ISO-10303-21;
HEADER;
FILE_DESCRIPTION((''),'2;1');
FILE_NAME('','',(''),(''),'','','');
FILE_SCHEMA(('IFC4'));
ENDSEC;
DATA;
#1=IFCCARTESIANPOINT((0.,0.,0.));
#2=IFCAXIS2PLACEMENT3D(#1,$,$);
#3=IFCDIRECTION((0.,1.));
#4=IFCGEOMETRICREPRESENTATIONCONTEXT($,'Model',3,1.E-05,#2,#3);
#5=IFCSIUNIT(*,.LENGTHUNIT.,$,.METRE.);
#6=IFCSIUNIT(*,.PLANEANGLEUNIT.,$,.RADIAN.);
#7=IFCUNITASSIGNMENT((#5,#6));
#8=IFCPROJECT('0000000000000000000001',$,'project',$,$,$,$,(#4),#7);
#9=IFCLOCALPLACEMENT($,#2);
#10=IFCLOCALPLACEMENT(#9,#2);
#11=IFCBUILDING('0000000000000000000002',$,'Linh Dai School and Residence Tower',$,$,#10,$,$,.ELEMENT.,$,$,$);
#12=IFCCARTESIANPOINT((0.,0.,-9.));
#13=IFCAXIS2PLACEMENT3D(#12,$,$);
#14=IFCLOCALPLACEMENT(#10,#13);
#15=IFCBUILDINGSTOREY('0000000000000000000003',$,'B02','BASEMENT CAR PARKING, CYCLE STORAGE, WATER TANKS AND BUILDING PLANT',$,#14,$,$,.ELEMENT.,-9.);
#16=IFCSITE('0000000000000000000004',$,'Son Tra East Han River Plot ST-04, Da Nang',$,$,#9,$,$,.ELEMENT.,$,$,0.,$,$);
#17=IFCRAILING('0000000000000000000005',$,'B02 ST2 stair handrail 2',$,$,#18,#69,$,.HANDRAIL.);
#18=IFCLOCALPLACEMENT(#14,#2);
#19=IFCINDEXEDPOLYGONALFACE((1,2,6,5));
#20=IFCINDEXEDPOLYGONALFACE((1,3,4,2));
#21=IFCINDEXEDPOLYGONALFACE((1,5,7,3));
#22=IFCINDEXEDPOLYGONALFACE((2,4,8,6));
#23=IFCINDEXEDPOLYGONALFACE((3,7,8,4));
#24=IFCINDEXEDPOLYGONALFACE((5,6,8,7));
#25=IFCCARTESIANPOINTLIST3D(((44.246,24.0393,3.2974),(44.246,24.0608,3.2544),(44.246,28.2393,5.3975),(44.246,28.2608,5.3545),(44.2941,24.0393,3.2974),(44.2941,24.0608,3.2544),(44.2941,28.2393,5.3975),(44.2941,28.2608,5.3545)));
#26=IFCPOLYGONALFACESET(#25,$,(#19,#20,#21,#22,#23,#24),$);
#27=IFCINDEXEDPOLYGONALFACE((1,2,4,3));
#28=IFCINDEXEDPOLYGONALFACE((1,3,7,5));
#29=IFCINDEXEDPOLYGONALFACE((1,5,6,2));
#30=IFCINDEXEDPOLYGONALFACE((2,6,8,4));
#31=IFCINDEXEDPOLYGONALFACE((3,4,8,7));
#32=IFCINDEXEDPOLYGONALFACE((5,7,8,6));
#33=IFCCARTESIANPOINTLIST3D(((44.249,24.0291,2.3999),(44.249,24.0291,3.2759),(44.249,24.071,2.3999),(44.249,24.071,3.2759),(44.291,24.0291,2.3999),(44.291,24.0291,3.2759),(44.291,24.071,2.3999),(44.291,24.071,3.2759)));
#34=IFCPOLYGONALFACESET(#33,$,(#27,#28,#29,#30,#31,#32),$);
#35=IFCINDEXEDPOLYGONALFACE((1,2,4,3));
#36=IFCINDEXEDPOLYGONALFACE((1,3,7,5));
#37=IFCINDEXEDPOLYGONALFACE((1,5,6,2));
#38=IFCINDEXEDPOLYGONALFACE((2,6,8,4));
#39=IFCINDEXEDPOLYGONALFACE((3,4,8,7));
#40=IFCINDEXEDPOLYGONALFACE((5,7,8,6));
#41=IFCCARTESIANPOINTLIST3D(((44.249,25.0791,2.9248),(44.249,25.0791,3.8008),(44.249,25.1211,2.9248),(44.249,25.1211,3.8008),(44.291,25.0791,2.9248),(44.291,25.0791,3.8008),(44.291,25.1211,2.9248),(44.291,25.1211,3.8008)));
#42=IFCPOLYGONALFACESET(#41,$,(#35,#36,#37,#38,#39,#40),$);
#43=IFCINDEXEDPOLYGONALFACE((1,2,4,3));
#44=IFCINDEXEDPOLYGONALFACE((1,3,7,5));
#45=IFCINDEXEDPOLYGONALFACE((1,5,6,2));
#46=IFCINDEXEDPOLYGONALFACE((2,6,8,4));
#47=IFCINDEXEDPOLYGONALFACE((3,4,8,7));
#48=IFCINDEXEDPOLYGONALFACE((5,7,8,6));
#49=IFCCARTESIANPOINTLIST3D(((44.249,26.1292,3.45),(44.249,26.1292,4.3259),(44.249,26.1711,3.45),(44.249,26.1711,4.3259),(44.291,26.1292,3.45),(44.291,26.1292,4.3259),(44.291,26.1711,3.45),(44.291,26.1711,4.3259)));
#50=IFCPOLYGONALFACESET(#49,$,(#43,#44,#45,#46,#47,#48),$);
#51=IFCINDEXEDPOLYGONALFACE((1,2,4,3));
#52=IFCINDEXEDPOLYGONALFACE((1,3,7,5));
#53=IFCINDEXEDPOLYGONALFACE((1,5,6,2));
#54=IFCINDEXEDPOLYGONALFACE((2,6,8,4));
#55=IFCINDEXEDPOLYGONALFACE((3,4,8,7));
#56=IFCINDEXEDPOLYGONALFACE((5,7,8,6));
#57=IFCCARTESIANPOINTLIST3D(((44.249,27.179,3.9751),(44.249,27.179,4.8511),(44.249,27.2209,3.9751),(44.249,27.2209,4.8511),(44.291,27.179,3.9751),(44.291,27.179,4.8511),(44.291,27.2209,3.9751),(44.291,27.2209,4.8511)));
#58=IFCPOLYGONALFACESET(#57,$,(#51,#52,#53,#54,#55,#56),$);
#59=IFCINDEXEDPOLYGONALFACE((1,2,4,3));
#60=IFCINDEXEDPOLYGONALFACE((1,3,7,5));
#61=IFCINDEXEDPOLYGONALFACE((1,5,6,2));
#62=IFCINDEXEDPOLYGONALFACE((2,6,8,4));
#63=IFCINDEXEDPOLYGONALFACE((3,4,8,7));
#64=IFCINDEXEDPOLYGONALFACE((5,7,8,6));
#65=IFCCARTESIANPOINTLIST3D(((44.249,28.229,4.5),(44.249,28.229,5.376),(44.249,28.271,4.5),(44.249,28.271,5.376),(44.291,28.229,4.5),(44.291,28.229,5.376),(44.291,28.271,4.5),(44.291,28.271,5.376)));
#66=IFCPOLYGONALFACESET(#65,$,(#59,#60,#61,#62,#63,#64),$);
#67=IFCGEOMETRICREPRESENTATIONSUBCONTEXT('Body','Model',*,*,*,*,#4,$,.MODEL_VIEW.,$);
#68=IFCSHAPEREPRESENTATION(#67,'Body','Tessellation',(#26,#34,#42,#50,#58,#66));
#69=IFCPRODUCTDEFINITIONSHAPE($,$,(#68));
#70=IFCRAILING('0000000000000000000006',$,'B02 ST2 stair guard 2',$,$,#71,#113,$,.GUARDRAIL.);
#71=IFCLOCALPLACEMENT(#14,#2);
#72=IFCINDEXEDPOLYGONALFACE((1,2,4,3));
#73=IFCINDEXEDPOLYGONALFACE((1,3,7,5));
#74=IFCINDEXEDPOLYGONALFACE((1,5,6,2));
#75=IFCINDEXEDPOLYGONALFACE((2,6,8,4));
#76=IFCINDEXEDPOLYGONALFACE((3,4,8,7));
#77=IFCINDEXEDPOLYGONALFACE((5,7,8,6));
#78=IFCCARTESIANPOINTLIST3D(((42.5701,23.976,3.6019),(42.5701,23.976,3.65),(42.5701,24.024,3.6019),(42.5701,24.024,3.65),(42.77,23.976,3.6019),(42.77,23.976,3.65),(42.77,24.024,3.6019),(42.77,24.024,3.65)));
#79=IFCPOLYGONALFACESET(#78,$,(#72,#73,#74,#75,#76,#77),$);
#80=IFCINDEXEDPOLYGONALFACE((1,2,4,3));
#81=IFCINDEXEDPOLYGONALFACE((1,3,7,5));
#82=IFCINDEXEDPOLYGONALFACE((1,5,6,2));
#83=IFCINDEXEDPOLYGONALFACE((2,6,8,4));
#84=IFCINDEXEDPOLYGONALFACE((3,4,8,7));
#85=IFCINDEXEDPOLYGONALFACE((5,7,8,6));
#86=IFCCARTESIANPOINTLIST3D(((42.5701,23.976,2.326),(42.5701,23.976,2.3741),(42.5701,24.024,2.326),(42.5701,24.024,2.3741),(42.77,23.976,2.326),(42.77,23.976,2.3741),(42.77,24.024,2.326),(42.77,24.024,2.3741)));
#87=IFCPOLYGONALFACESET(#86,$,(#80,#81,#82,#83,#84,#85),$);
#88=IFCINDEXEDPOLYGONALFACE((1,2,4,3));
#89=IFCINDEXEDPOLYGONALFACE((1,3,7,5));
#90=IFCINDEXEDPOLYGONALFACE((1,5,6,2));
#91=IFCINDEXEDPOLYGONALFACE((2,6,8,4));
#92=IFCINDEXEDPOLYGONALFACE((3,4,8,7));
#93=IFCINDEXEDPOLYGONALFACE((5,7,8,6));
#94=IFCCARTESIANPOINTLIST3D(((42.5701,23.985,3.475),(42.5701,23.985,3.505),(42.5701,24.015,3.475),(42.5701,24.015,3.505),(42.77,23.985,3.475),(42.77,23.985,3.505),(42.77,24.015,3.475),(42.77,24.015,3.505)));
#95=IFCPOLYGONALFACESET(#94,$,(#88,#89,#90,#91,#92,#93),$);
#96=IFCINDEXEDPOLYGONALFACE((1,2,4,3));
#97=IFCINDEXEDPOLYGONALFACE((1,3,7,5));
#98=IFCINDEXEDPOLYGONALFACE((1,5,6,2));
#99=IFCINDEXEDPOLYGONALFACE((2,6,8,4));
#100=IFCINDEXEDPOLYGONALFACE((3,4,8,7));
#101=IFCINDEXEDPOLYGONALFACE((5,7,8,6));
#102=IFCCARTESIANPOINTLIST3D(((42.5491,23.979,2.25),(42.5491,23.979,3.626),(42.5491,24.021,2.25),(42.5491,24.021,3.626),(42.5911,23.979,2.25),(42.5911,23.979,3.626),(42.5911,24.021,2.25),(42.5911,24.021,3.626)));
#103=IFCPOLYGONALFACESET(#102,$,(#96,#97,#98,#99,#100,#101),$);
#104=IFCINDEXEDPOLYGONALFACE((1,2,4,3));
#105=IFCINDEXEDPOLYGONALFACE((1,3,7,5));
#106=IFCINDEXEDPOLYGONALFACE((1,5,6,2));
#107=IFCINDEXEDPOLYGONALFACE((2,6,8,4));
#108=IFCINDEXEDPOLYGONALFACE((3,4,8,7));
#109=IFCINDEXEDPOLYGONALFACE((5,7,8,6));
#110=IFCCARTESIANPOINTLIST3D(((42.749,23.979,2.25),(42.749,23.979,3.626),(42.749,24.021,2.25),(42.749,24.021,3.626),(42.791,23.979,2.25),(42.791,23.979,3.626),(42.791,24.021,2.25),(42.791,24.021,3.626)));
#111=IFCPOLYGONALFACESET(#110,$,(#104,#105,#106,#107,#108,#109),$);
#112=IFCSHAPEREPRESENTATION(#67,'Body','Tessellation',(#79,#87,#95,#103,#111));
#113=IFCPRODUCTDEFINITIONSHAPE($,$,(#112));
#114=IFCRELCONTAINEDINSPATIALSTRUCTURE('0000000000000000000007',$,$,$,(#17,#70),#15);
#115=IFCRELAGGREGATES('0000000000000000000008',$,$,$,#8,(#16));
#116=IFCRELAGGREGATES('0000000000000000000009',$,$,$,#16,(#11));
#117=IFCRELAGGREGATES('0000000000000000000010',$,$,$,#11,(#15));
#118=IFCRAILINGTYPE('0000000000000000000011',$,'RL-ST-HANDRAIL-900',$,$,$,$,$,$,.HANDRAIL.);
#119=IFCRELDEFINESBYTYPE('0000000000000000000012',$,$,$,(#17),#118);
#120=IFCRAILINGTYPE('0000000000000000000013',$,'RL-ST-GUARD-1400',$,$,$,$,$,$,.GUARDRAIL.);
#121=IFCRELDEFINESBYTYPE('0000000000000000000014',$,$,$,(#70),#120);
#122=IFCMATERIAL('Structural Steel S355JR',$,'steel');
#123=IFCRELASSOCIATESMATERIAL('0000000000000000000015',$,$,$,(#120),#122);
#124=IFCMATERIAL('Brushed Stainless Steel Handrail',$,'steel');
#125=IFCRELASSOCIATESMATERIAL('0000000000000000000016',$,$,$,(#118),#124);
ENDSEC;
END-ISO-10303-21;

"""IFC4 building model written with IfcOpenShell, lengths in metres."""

from ifc_helpers import new_model, si_unit, direction, frame, origin, origin_2d, place, context, subcontext, project, spatial, rectangle, extrude, source, transform, mapped, material, type_object, element, save


model = new_model("IFC4")

# Units and contexts
model_context = context("Model", 3, precision=1e-05, world=origin(), true_north=direction((0.0, 1.0)))
body_context = subcontext(model_context, "Body", "Model", "MODEL_VIEW")
ifc_project = project(units=[si_unit("LENGTHUNIT", "METRE"), si_unit("PLANEANGLEUNIT", "RADIAN")], contexts=[model_context])

# Site, building, storey
site_placement = place(None, origin())
site = spatial("IfcSite", under=ifc_project, at=site_placement, Name="Son Tra East Han River Plot ST-04, Da Nang", CompositionType="ELEMENT", RefElevation=0.0)
building_placement = place(site_placement, origin())
building = spatial("IfcBuilding", under=site, at=building_placement, Name="Linh Dai School and Residence Tower", CompositionType="ELEMENT")
storey_placement = place(building_placement, frame((0.0, 0.0, -9.0)))
storey = spatial("IfcBuildingStorey", under=building, at=storey_placement, Name="B02", Description="BASEMENT CAR PARKING, CYCLE STORAGE, WATER TANKS AND BUILDING PLANT", CompositionType="ELEMENT", Elevation=-9.0)

# Shared definitions
ifc_material_1 = material(Name="Structural Steel S355JR", Category="steel")

# Railings
railing_type_1 = type_object("IfcRailingType", Name="RL-ST-GUARD-1400", PredefinedType="GUARDRAIL", material=ifc_material_1)
ifc_material_2 = material(Name="Brushed Stainless Steel Handrail", Category="steel")
railing_type_2 = type_object("IfcRailingType", Name="RL-ST-HANDRAIL-900", PredefinedType="HANDRAIL", material=ifc_material_2)
shared_shape_1 = source(origin(), body_context, "Body", "SweptSolid", [
    extrude(rectangle(XDim=0.0481, YDim=0.0481, at=origin_2d()), frame((0.0, 0.0, 0.876), z_axis=(0.0, 0.894417, 0.447234), x_axis=(-1.0, 0.0, 0.0)), (0.0, 0.0, 1.0), 4.6958),
    extrude(rectangle(XDim=0.042, YDim=0.042, at=origin_2d()), origin(), (0.0, 0.0, 1.0), 0.876),
    extrude(rectangle(XDim=0.042, YDim=0.042, at=origin_2d()), frame((0.0, 1.05, 0.5249)), (0.0, 0.0, 1.0), 0.876),
    extrude(rectangle(XDim=0.042, YDim=0.042, at=origin_2d()), frame((0.0, 2.1001, 1.05)), (0.0, 0.0, 1.0), 0.876),
    extrude(rectangle(XDim=0.042, YDim=0.042, at=origin_2d()), frame((0.0, 3.1499, 1.5752)), (0.0, 0.0, 1.0), 0.876),
    extrude(rectangle(XDim=0.042, YDim=0.042, at=origin_2d()), frame((0.0, 4.2, 2.1001)), (0.0, 0.0, 1.0), 0.876),
])
railing_1_placement = place(storey_placement, frame((44.27, 24.05, 2.3999)))
element("IfcRailing", 1, at=railing_1_placement, inside=storey, type_object=railing_type_2, Name="B02 ST2 stair handrail 2", PredefinedType="HANDRAIL", context=body_context, shape_type="MappedRepresentation", body=[
    mapped(shared_shape_1, transform((0.0, 0.0, 0.0), x_axis=(1.0, 0.0, 0.0), y_axis=(0.0, 1.0, 0.0), z_axis=(0.0, 0.0, 1.0), scale=1.0)),
])
shared_shape_2 = source(origin(), body_context, "Body", "SweptSolid", [
    extrude(rectangle(XDim=0.0481, YDim=0.0481, at=origin_2d()), frame((0.0, 0.0, 1.376), z_axis=(1.0, 0.0, 0.0), x_axis=(0.0, 1.0, 0.0)), (0.0, 0.0, 1.0), 0.2),
    extrude(rectangle(XDim=0.0481, YDim=0.0481, at=origin_2d()), frame((0.0, 0.0, 0.1001), z_axis=(1.0, 0.0, 0.0), x_axis=(0.0, 1.0, 0.0)), (0.0, 0.0, 1.0), 0.2),
    extrude(rectangle(XDim=0.03, YDim=0.03, at=origin_2d()), frame((0.0, 0.0, 1.24), z_axis=(1.0, 0.0, 0.0), x_axis=(0.0, 1.0, 0.0)), (0.0, 0.0, 1.0), 0.2),
    extrude(rectangle(XDim=0.042, YDim=0.042, at=origin_2d()), origin(), (0.0, 0.0, 1.0), 1.376),
    extrude(rectangle(XDim=0.042, YDim=0.042, at=origin_2d()), frame((0.2, 0.0, 0.0)), (0.0, 0.0, 1.0), 1.376),
])
railing_2_placement = place(storey_placement, frame((42.5701, 24.0, 2.25)))
element("IfcRailing", 2, at=railing_2_placement, inside=storey, type_object=railing_type_1, Name="B02 ST2 stair guard 2", PredefinedType="GUARDRAIL", context=body_context, shape_type="MappedRepresentation", body=[
    mapped(shared_shape_2, transform((0.0, 0.0, 0.0), x_axis=(1.0, 0.0, 0.0), y_axis=(0.0, 1.0, 0.0), z_axis=(0.0, 0.0, 1.0), scale=1.0)),
])

save(model, "model.ifc")
